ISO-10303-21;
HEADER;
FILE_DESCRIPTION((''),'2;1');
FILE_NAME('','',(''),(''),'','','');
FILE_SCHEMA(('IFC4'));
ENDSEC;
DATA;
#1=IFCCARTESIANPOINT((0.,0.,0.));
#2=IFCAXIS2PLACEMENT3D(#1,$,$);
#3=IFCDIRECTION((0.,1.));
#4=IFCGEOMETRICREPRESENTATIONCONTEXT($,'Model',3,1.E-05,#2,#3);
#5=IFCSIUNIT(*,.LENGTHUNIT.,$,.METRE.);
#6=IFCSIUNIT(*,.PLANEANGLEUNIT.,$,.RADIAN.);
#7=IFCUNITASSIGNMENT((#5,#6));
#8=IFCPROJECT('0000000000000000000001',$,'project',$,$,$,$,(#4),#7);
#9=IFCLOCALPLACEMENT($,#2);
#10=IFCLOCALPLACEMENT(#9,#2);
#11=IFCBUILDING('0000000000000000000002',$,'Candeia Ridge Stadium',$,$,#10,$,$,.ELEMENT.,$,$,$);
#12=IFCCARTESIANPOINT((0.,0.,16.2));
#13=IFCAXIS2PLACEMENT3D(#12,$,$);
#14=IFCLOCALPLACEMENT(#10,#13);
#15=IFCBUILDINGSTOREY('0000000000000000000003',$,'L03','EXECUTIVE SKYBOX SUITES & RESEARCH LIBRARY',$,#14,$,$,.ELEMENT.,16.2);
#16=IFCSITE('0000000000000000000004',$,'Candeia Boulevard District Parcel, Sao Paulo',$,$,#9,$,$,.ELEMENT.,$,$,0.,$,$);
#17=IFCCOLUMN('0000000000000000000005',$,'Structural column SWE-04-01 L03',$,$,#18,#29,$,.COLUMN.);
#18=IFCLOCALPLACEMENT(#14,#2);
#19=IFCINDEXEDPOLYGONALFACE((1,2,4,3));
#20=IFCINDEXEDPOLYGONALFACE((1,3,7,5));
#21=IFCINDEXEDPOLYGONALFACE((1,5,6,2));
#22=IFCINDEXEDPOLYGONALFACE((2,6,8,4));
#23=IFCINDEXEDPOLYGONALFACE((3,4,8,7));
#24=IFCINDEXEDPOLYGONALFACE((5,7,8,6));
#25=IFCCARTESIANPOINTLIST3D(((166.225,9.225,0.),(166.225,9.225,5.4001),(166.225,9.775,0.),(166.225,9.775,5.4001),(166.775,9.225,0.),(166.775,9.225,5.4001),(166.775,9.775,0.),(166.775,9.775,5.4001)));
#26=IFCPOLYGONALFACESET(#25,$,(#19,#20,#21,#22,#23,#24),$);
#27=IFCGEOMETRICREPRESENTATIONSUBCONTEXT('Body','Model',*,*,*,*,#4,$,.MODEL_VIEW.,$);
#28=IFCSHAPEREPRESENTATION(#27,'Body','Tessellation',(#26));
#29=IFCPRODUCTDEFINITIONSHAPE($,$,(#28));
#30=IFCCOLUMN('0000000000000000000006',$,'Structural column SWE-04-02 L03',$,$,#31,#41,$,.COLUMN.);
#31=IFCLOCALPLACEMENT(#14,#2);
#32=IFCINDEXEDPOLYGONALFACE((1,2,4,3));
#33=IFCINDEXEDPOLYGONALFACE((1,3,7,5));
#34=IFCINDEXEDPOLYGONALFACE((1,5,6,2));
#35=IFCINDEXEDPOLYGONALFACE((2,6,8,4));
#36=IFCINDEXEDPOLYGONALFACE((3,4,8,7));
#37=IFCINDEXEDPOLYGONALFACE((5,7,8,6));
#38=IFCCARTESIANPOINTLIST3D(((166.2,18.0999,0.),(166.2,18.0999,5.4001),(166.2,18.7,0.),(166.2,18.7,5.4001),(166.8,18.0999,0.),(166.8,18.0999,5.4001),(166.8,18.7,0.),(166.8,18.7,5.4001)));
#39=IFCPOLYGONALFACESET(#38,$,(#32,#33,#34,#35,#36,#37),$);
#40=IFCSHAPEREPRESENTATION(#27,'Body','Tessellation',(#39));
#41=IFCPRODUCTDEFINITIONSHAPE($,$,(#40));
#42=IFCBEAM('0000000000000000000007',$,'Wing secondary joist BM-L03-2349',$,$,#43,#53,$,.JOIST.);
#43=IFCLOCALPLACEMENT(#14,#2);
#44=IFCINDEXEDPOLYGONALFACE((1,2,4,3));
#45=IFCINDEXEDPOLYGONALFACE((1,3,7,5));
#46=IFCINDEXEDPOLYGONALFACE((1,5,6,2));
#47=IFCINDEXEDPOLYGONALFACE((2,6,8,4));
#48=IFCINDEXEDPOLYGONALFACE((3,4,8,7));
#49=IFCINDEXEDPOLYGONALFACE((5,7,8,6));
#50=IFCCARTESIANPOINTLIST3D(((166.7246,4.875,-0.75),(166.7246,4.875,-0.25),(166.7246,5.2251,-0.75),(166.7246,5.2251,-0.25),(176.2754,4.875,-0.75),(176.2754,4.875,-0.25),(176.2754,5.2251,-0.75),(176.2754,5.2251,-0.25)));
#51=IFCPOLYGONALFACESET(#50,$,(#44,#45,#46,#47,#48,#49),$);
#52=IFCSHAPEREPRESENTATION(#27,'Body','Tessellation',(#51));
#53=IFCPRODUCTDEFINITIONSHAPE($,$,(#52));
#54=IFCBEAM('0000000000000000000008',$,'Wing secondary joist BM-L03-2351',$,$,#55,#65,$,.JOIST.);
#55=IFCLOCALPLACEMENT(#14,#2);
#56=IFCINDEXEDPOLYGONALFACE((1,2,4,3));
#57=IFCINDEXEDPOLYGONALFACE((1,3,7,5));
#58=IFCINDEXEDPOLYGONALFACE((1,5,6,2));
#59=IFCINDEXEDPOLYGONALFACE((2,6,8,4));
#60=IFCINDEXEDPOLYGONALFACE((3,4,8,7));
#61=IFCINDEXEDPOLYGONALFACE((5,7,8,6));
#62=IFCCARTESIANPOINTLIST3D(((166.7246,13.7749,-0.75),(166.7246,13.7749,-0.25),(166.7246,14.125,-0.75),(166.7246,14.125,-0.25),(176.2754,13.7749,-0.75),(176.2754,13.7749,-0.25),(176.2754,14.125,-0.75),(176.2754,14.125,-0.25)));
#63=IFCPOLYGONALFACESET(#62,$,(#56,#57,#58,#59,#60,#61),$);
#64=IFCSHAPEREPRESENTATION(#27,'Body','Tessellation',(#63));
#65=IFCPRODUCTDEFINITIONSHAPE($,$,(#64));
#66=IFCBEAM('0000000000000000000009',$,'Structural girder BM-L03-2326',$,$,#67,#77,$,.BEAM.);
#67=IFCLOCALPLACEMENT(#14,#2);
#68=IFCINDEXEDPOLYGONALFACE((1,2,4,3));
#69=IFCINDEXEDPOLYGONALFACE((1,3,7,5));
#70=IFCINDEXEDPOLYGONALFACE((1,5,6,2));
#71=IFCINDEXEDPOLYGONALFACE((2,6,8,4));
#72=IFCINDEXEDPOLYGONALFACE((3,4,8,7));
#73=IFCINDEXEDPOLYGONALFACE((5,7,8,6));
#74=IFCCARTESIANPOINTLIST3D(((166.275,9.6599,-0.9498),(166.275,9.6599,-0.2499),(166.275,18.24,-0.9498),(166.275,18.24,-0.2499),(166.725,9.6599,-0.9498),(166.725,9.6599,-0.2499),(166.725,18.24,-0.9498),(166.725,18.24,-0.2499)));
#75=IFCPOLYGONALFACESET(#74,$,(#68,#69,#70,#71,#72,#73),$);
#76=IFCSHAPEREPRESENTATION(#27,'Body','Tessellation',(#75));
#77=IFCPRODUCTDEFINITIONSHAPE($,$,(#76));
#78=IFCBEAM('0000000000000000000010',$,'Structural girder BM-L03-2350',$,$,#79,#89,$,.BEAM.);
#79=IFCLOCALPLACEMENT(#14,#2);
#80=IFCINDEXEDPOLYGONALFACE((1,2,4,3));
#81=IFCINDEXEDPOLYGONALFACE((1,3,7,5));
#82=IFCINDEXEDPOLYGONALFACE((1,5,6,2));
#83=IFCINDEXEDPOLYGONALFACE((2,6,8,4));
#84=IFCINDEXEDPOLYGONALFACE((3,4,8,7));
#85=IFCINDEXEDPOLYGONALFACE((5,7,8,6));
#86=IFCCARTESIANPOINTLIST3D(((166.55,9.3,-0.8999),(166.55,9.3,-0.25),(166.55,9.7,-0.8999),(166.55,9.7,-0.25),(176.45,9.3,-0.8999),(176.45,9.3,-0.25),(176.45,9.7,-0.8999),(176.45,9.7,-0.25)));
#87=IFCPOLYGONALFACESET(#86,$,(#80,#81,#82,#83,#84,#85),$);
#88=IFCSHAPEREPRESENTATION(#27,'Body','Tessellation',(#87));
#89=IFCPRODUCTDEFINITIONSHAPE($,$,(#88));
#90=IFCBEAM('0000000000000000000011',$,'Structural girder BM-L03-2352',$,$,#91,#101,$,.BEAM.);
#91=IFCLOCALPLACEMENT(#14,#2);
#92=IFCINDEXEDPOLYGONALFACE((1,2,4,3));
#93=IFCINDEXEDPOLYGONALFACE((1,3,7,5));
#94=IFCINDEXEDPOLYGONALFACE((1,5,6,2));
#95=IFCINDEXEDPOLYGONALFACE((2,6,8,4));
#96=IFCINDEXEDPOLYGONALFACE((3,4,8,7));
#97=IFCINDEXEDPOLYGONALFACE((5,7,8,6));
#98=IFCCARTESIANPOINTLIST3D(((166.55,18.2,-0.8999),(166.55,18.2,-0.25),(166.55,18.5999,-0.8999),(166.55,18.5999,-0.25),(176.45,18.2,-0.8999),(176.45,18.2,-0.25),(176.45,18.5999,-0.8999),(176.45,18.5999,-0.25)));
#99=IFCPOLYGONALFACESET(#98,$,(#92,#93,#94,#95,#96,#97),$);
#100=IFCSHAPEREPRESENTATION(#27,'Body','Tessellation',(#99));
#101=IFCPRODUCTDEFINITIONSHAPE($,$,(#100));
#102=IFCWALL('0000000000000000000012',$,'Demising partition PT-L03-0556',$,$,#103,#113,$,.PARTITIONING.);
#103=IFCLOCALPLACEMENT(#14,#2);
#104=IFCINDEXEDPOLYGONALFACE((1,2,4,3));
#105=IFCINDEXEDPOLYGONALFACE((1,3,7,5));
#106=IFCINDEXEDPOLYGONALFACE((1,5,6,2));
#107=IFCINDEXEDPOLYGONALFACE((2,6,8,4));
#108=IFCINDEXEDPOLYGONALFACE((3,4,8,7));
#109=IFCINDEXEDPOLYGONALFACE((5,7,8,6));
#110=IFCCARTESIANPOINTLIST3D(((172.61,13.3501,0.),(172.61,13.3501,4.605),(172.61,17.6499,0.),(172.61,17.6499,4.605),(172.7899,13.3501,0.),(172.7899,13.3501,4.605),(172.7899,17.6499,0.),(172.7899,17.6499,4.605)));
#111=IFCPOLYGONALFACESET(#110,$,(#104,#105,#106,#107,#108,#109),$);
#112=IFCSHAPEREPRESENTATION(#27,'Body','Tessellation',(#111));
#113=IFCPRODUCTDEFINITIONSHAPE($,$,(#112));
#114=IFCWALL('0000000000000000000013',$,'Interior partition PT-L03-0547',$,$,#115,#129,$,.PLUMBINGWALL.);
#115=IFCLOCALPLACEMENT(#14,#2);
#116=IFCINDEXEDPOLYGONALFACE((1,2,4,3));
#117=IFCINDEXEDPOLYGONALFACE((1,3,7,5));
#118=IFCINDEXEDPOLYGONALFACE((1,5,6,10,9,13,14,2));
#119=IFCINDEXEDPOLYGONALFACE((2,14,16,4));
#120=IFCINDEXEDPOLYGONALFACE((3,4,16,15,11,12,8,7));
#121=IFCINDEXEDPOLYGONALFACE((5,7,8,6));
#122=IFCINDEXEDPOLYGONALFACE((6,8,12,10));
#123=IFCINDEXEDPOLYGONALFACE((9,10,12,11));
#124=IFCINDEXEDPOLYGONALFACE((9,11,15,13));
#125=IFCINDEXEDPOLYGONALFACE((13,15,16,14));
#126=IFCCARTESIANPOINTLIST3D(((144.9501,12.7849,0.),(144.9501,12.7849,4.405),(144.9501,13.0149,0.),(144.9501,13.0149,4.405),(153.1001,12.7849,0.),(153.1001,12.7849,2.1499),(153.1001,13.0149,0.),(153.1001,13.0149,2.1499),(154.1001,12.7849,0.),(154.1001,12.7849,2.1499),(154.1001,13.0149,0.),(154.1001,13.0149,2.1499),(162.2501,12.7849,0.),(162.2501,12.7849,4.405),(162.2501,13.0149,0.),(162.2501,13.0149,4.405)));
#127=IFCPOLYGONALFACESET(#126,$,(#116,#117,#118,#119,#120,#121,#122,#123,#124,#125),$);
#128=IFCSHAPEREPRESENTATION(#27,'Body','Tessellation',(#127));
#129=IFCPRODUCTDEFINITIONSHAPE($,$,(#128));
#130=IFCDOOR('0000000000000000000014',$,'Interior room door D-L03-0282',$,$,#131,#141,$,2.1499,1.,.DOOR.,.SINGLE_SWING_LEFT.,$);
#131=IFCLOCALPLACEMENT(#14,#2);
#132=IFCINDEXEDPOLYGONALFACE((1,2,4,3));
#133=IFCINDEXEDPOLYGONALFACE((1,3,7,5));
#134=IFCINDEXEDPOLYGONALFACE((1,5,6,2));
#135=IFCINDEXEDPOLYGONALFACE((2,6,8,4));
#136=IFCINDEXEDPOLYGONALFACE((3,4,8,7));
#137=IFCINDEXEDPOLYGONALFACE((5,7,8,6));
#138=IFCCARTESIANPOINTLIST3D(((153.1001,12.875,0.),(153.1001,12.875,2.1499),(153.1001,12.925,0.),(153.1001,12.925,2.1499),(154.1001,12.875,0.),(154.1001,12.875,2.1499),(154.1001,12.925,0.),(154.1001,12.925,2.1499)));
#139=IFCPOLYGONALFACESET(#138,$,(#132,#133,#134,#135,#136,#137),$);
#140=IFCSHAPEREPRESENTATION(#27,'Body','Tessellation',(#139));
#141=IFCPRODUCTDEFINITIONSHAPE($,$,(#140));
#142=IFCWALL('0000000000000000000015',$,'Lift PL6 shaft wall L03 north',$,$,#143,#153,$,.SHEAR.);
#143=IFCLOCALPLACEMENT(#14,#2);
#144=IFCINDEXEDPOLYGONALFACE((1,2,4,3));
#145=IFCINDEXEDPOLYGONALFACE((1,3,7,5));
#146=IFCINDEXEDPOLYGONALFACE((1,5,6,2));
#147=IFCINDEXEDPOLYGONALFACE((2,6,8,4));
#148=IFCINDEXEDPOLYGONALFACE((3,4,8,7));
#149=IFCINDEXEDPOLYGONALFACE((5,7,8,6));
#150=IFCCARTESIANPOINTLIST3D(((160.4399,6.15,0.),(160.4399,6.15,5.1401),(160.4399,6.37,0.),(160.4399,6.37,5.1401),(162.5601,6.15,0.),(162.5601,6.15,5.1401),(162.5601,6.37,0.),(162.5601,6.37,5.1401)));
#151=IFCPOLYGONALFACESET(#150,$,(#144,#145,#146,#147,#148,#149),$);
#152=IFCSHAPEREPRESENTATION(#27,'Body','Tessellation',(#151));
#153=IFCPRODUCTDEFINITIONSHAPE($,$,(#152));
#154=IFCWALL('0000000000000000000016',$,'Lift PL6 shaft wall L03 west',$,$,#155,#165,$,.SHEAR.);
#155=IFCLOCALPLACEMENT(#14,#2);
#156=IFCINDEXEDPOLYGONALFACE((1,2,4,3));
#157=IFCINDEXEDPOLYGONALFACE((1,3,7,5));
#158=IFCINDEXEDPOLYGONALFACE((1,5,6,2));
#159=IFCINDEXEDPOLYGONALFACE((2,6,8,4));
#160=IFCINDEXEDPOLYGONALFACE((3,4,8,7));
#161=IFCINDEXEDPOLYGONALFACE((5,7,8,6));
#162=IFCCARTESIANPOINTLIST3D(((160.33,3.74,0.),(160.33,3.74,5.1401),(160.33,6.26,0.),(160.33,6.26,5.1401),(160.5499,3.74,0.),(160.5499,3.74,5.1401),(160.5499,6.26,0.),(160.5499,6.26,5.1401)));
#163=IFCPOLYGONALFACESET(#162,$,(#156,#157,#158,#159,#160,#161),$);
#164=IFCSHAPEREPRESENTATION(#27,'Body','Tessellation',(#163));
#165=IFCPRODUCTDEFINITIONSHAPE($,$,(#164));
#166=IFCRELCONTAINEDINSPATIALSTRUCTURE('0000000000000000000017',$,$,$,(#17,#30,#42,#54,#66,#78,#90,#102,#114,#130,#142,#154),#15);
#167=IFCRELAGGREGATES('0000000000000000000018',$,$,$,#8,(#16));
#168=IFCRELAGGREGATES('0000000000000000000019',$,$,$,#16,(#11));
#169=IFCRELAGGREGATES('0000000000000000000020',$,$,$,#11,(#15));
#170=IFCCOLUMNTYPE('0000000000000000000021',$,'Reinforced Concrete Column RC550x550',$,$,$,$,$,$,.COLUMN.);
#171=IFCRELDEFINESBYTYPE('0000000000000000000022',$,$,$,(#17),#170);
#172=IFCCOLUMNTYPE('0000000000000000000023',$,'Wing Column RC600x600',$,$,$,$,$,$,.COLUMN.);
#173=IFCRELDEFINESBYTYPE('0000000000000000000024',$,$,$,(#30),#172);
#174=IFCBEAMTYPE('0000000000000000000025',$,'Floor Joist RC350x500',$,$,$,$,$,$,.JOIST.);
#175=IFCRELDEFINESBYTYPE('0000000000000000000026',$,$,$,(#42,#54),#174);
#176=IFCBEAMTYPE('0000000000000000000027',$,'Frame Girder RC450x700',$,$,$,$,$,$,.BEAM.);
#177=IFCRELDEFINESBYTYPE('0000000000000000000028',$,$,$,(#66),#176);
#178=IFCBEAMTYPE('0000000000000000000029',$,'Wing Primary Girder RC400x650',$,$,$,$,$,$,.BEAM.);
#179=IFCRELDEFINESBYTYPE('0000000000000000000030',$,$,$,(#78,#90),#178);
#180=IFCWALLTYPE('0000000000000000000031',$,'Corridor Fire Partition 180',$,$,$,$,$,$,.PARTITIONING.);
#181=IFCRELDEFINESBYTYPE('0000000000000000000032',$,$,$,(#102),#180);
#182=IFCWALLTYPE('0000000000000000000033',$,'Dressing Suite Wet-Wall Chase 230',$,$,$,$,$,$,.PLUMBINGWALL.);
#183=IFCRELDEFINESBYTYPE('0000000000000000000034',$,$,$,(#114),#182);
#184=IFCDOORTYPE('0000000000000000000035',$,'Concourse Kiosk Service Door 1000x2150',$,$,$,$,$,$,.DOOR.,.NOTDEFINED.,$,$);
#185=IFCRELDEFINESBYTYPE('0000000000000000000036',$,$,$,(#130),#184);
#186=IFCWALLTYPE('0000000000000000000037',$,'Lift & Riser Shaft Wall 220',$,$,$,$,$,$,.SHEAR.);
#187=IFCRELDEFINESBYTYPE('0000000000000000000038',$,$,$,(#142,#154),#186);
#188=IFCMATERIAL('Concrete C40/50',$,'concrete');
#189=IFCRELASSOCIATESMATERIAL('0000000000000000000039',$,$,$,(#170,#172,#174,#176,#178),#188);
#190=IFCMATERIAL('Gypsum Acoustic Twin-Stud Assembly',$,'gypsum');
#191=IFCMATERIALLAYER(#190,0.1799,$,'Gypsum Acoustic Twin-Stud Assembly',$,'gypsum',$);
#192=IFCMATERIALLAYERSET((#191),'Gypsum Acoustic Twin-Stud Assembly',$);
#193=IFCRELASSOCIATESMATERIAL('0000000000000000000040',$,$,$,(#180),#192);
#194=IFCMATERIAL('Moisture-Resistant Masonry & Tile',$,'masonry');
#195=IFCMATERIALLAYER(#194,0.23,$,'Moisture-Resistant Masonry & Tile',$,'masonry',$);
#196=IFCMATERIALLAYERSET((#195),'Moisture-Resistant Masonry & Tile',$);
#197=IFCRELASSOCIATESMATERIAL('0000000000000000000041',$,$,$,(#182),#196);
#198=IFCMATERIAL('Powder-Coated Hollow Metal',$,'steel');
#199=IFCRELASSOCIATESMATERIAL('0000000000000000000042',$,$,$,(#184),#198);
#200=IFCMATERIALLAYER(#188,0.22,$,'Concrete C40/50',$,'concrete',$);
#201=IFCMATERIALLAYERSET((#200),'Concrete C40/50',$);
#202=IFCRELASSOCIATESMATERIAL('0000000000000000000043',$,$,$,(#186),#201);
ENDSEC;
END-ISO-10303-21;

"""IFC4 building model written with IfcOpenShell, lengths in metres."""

from ifc_helpers import new_model, si_unit, direction, frame, frame_2d, origin, origin_2d, place, context, subcontext, project, spatial, rectangle, extrude, material, layer, layer_set, material_profile, profile_set, type_object, element, fill, save


model = new_model("IFC4")

# Units and contexts
model_context = context("Model", 3, precision=1e-05, world=origin(), true_north=direction((0.0, 1.0)))
body_context = subcontext(model_context, "Body", "Model", "MODEL_VIEW")
ifc_project = project(units=[si_unit("LENGTHUNIT", "METRE"), si_unit("PLANEANGLEUNIT", "RADIAN")], contexts=[model_context])

# Site, building, storey
site_placement = place(None, origin())
site = spatial("IfcSite", under=ifc_project, at=site_placement, Name="Candeia Boulevard District Parcel, Sao Paulo", CompositionType="ELEMENT", RefElevation=0.0)
building_placement = place(site_placement, origin())
building = spatial("IfcBuilding", under=site, at=building_placement, Name="Candeia Ridge Stadium", CompositionType="ELEMENT")
storey_placement = place(building_placement, frame((0.0, 0.0, 16.2)))
storey = spatial("IfcBuildingStorey", under=building, at=storey_placement, Name="L03", Description="EXECUTIVE SKYBOX SUITES & RESEARCH LIBRARY", CompositionType="ELEMENT", Elevation=16.2)

# Columns
ifc_material_1 = material(Name="Concrete C40/50", Category="concrete")
ifc_material_profile_1 = material_profile(ifc_material_1, rectangle(XDim=0.55, YDim=0.55, at=origin_2d()), Name="RC550x550", Category="concrete")
ifc_profile_set_1 = profile_set([ifc_material_profile_1], Name="Concrete C40/50")
column_type_1 = type_object("IfcColumnType", Name="Reinforced Concrete Column RC550x550", PredefinedType="COLUMN", material=ifc_profile_set_1)
column_1_placement = place(storey_placement, frame((166.5, 9.5, 0.0), z_axis=(0.0, 0.0, 1.0), x_axis=(1.0, 0.0, 0.0)))
element("IfcColumn", 1, at=column_1_placement, inside=storey, type_object=column_type_1, Name="Structural column SWE-04-01 L03", PredefinedType="COLUMN", context=body_context, shape_type="SweptSolid", body=[
    extrude(rectangle(XDim=0.55, YDim=0.55, at=origin_2d()), origin(), (0.0, 0.0, 1.0), 5.4001),
])
ifc_material_profile_2 = material_profile(ifc_material_1, rectangle(XDim=0.6001, YDim=0.6001, at=origin_2d()), Name="RC600x600", Category="concrete")
ifc_profile_set_2 = profile_set([ifc_material_profile_2], Name="Concrete C40/50")
column_type_2 = type_object("IfcColumnType", Name="Wing Column RC600x600", PredefinedType="COLUMN", material=ifc_profile_set_2)
column_2_placement = place(storey_placement, frame((166.5, 18.3999, 0.0), z_axis=(0.0, 0.0, 1.0), x_axis=(1.0, 0.0, 0.0)))
element("IfcColumn", 2, at=column_2_placement, inside=storey, type_object=column_type_2, Name="Structural column SWE-04-02 L03", PredefinedType="COLUMN", context=body_context, shape_type="SweptSolid", body=[
    extrude(rectangle(XDim=0.6001, YDim=0.6001, at=origin_2d()), origin(), (0.0, 0.0, 1.0), 5.4001),
])

# Beams
ifc_material_profile_3 = material_profile(ifc_material_1, rectangle(XDim=0.3501, YDim=0.5, at=origin_2d()), Name="RC350x500", Category="concrete")
ifc_profile_set_3 = profile_set([ifc_material_profile_3], Name="Concrete C40/50")
beam_type_1 = type_object("IfcBeamType", Name="Floor Joist RC350x500", PredefinedType="JOIST", material=ifc_profile_set_3)
for number, where, z_axis, x_axis, name in (
    (3, (166.7246, 5.05, -0.5), (1.0, 0.0, 0.0), (0.0, 1.0, 0.0), "Wing secondary joist BM-L03-2349"),
    (4, (166.7246, 13.95, -0.5), (1.0, 0.0, 0.0), (0.0, 1.0, 0.0), "Wing secondary joist BM-L03-2351"),
):
    element("IfcBeam", number, at=place(storey_placement, frame(where, z_axis=z_axis, x_axis=x_axis)), inside=storey, type_object=beam_type_1, Name=name, PredefinedType="JOIST", context=body_context, shape_type="SweptSolid", body=[
        extrude(rectangle(XDim=0.3501, YDim=0.5, at=origin_2d()), origin(), (0.0, 0.0, 1.0), 9.5508),
    ])
ifc_material_profile_4 = material_profile(ifc_material_1, rectangle(XDim=0.45, YDim=0.7, at=origin_2d()), Name="RC450x700", Category="concrete")
ifc_profile_set_4 = profile_set([ifc_material_profile_4], Name="Concrete C40/50")
beam_type_2 = type_object("IfcBeamType", Name="Frame Girder RC450x700", PredefinedType="BEAM", material=ifc_profile_set_4)
beam_placement = place(storey_placement, frame((166.5, 9.6599, -0.5999), z_axis=(0.0, 1.0, 0.0), x_axis=(-1.0, 0.0, 0.0)))
element("IfcBeam", 5, at=beam_placement, inside=storey, type_object=beam_type_2, Name="Structural girder BM-L03-2326", PredefinedType="BEAM", context=body_context, shape_type="SweptSolid", body=[
    extrude(rectangle(XDim=0.45, YDim=0.7, at=origin_2d()), origin(), (0.0, 0.0, 1.0), 8.5801),
])
ifc_material_profile_5 = material_profile(ifc_material_1, rectangle(XDim=0.3999, YDim=0.6499, at=origin_2d()), Name="RC400x650", Category="concrete")
ifc_profile_set_5 = profile_set([ifc_material_profile_5], Name="Concrete C40/50")
beam_type_3 = type_object("IfcBeamType", Name="Wing Primary Girder RC400x650", PredefinedType="BEAM", material=ifc_profile_set_5)
for number, where, z_axis, x_axis, name in (
    (6, (166.55, 9.5, -0.575), (1.0, 0.0, 0.0), (0.0, 1.0, 0.0), "Structural girder BM-L03-2350"),
    (7, (166.55, 18.3999, -0.575), (1.0, 0.0, 0.0), (0.0, 1.0, 0.0), "Structural girder BM-L03-2352"),
):
    element("IfcBeam", number, at=place(storey_placement, frame(where, z_axis=z_axis, x_axis=x_axis)), inside=storey, type_object=beam_type_3, Name=name, PredefinedType="BEAM", context=body_context, shape_type="SweptSolid", body=[
        extrude(rectangle(XDim=0.3999, YDim=0.6499, at=origin_2d()), origin(), (0.0, 0.0, 1.0), 9.8999),
    ])

# Wall
ifc_material_2 = material(Name="Gypsum Acoustic Twin-Stud Assembly", Category="gypsum")
ifc_layer_1 = layer(ifc_material_2, 0.1799, Name="Gypsum Acoustic Twin-Stud Assembly", Category="gypsum")
ifc_layer_set_1 = layer_set([ifc_layer_1], Name="Gypsum Acoustic Twin-Stud Assembly")
wall_type_1 = type_object("IfcWallType", Name="Corridor Fire Partition 180", PredefinedType="PARTITIONING", material=ifc_layer_set_1)
wall_1_placement = place(storey_placement, frame((172.7, 13.3501, 0.0), z_axis=(0.0, 0.0, 1.0), x_axis=(0.0, 1.0, 0.0)))
element("IfcWall", 8, at=wall_1_placement, inside=storey, type_object=wall_type_1, Name="Demising partition PT-L03-0556", PredefinedType="PARTITIONING", context=body_context, shape_type="SweptSolid", body=[
    extrude(rectangle(XDim=4.2998, YDim=0.1799, at=frame_2d((2.1499, 0.0))), origin(), (0.0, 0.0, 1.0), 4.605),
])

# Wall, opening, door
ifc_material_3 = material(Name="Moisture-Resistant Masonry & Tile", Category="masonry")
ifc_layer_2 = layer(ifc_material_3, 0.23, Name="Moisture-Resistant Masonry & Tile", Category="masonry")
ifc_layer_set_2 = layer_set([ifc_layer_2], Name="Moisture-Resistant Masonry & Tile")
wall_type_2 = type_object("IfcWallType", Name="Dressing Suite Wet-Wall Chase 230", PredefinedType="PLUMBINGWALL", material=ifc_layer_set_2)
wall_2_placement = place(storey_placement, frame((162.25, 12.8999, 0.0), z_axis=(0.0, 0.0, 1.0), x_axis=(-1.0, 0.0, 0.0)))
wall_2 = element("IfcWall", 9, at=wall_2_placement, inside=storey, type_object=wall_type_2, Name="Interior partition PT-L03-0547", PredefinedType="PLUMBINGWALL", context=body_context, shape_type="SweptSolid", body=[
    extrude(rectangle(XDim=17.3, YDim=0.23, at=frame_2d((8.6499, 0.0))), origin(), (0.0, 0.0, 1.0), 4.405),
])
opening_1_placement = place(wall_2_placement, frame((8.1499, 0.0, 0.0)))
opening_1 = element("IfcOpeningElement", 10, at=opening_1_placement, cuts=wall_2, PredefinedType="OPENING", context=body_context, shape_type="SweptSolid", body=[
    extrude(rectangle(XDim=1.0, YDim=2.1499, at=frame_2d((0.5, 1.075))), frame((0.0, 0.125, 0.0), z_axis=(0.0, -1.0, 0.0), x_axis=(1.0, 0.0, 0.0)), (0.0, 0.0, 1.0), 0.25),
])
ifc_material_4 = material(Name="Powder-Coated Hollow Metal", Category="steel")
door_type_1 = type_object("IfcDoorType", Name="Concourse Kiosk Service Door 1000x2150", OperationType="NOTDEFINED", PredefinedType="DOOR", material=ifc_material_4)
door_1_placement = place(opening_1_placement, origin())
door_1 = element("IfcDoor", 11, at=door_1_placement, inside=storey, type_object=door_type_1, Name="Interior room door D-L03-0282", OperationType="SINGLE_SWING_LEFT", OverallHeight=2.1499, OverallWidth=1.0, PredefinedType="DOOR", context=body_context, shape_type="SweptSolid", body=[
    extrude(rectangle(XDim=1.0, YDim=2.1499, at=frame_2d((0.5, 1.075))), frame((0.0, 0.0249, 0.0), z_axis=(0.0, -1.0, 0.0), x_axis=(1.0, 0.0, 0.0)), (0.0, 0.0, 1.0), 0.05),
])
fill(opening_1, door_1)
ifc_layer_3 = layer(ifc_material_1, 0.22, Name="Concrete C40/50", Category="concrete")
ifc_layer_set_3 = layer_set([ifc_layer_3], Name="Concrete C40/50")
wall_type_3 = type_object("IfcWallType", Name="Lift & Riser Shaft Wall 220", PredefinedType="SHEAR", material=ifc_layer_set_3)

# Walls
wall_3_placement = place(storey_placement, frame((162.5601, 6.26, 0.0), z_axis=(0.0, 0.0, 1.0), x_axis=(-1.0, 0.0, 0.0)))
element("IfcWall", 12, at=wall_3_placement, inside=storey, type_object=wall_type_3, Name="Lift PL6 shaft wall L03 north", PredefinedType="SHEAR", context=body_context, shape_type="SweptSolid", body=[
    extrude(rectangle(XDim=2.1201, YDim=0.22, at=frame_2d((1.0601, 0.0))), origin(), (0.0, 0.0, 1.0), 5.1401),
])
wall_4_placement = place(storey_placement, frame((160.4399, 6.26, 0.0), z_axis=(0.0, 0.0, 1.0), x_axis=(0.0, -1.0, 0.0)))
element("IfcWall", 13, at=wall_4_placement, inside=storey, type_object=wall_type_3, Name="Lift PL6 shaft wall L03 west", PredefinedType="SHEAR", context=body_context, shape_type="SweptSolid", body=[
    extrude(rectangle(XDim=2.52, YDim=0.22, at=frame_2d((1.26, 0.0))), origin(), (0.0, 0.0, 1.0), 5.1401),
])

save(model, "model.ifc")
